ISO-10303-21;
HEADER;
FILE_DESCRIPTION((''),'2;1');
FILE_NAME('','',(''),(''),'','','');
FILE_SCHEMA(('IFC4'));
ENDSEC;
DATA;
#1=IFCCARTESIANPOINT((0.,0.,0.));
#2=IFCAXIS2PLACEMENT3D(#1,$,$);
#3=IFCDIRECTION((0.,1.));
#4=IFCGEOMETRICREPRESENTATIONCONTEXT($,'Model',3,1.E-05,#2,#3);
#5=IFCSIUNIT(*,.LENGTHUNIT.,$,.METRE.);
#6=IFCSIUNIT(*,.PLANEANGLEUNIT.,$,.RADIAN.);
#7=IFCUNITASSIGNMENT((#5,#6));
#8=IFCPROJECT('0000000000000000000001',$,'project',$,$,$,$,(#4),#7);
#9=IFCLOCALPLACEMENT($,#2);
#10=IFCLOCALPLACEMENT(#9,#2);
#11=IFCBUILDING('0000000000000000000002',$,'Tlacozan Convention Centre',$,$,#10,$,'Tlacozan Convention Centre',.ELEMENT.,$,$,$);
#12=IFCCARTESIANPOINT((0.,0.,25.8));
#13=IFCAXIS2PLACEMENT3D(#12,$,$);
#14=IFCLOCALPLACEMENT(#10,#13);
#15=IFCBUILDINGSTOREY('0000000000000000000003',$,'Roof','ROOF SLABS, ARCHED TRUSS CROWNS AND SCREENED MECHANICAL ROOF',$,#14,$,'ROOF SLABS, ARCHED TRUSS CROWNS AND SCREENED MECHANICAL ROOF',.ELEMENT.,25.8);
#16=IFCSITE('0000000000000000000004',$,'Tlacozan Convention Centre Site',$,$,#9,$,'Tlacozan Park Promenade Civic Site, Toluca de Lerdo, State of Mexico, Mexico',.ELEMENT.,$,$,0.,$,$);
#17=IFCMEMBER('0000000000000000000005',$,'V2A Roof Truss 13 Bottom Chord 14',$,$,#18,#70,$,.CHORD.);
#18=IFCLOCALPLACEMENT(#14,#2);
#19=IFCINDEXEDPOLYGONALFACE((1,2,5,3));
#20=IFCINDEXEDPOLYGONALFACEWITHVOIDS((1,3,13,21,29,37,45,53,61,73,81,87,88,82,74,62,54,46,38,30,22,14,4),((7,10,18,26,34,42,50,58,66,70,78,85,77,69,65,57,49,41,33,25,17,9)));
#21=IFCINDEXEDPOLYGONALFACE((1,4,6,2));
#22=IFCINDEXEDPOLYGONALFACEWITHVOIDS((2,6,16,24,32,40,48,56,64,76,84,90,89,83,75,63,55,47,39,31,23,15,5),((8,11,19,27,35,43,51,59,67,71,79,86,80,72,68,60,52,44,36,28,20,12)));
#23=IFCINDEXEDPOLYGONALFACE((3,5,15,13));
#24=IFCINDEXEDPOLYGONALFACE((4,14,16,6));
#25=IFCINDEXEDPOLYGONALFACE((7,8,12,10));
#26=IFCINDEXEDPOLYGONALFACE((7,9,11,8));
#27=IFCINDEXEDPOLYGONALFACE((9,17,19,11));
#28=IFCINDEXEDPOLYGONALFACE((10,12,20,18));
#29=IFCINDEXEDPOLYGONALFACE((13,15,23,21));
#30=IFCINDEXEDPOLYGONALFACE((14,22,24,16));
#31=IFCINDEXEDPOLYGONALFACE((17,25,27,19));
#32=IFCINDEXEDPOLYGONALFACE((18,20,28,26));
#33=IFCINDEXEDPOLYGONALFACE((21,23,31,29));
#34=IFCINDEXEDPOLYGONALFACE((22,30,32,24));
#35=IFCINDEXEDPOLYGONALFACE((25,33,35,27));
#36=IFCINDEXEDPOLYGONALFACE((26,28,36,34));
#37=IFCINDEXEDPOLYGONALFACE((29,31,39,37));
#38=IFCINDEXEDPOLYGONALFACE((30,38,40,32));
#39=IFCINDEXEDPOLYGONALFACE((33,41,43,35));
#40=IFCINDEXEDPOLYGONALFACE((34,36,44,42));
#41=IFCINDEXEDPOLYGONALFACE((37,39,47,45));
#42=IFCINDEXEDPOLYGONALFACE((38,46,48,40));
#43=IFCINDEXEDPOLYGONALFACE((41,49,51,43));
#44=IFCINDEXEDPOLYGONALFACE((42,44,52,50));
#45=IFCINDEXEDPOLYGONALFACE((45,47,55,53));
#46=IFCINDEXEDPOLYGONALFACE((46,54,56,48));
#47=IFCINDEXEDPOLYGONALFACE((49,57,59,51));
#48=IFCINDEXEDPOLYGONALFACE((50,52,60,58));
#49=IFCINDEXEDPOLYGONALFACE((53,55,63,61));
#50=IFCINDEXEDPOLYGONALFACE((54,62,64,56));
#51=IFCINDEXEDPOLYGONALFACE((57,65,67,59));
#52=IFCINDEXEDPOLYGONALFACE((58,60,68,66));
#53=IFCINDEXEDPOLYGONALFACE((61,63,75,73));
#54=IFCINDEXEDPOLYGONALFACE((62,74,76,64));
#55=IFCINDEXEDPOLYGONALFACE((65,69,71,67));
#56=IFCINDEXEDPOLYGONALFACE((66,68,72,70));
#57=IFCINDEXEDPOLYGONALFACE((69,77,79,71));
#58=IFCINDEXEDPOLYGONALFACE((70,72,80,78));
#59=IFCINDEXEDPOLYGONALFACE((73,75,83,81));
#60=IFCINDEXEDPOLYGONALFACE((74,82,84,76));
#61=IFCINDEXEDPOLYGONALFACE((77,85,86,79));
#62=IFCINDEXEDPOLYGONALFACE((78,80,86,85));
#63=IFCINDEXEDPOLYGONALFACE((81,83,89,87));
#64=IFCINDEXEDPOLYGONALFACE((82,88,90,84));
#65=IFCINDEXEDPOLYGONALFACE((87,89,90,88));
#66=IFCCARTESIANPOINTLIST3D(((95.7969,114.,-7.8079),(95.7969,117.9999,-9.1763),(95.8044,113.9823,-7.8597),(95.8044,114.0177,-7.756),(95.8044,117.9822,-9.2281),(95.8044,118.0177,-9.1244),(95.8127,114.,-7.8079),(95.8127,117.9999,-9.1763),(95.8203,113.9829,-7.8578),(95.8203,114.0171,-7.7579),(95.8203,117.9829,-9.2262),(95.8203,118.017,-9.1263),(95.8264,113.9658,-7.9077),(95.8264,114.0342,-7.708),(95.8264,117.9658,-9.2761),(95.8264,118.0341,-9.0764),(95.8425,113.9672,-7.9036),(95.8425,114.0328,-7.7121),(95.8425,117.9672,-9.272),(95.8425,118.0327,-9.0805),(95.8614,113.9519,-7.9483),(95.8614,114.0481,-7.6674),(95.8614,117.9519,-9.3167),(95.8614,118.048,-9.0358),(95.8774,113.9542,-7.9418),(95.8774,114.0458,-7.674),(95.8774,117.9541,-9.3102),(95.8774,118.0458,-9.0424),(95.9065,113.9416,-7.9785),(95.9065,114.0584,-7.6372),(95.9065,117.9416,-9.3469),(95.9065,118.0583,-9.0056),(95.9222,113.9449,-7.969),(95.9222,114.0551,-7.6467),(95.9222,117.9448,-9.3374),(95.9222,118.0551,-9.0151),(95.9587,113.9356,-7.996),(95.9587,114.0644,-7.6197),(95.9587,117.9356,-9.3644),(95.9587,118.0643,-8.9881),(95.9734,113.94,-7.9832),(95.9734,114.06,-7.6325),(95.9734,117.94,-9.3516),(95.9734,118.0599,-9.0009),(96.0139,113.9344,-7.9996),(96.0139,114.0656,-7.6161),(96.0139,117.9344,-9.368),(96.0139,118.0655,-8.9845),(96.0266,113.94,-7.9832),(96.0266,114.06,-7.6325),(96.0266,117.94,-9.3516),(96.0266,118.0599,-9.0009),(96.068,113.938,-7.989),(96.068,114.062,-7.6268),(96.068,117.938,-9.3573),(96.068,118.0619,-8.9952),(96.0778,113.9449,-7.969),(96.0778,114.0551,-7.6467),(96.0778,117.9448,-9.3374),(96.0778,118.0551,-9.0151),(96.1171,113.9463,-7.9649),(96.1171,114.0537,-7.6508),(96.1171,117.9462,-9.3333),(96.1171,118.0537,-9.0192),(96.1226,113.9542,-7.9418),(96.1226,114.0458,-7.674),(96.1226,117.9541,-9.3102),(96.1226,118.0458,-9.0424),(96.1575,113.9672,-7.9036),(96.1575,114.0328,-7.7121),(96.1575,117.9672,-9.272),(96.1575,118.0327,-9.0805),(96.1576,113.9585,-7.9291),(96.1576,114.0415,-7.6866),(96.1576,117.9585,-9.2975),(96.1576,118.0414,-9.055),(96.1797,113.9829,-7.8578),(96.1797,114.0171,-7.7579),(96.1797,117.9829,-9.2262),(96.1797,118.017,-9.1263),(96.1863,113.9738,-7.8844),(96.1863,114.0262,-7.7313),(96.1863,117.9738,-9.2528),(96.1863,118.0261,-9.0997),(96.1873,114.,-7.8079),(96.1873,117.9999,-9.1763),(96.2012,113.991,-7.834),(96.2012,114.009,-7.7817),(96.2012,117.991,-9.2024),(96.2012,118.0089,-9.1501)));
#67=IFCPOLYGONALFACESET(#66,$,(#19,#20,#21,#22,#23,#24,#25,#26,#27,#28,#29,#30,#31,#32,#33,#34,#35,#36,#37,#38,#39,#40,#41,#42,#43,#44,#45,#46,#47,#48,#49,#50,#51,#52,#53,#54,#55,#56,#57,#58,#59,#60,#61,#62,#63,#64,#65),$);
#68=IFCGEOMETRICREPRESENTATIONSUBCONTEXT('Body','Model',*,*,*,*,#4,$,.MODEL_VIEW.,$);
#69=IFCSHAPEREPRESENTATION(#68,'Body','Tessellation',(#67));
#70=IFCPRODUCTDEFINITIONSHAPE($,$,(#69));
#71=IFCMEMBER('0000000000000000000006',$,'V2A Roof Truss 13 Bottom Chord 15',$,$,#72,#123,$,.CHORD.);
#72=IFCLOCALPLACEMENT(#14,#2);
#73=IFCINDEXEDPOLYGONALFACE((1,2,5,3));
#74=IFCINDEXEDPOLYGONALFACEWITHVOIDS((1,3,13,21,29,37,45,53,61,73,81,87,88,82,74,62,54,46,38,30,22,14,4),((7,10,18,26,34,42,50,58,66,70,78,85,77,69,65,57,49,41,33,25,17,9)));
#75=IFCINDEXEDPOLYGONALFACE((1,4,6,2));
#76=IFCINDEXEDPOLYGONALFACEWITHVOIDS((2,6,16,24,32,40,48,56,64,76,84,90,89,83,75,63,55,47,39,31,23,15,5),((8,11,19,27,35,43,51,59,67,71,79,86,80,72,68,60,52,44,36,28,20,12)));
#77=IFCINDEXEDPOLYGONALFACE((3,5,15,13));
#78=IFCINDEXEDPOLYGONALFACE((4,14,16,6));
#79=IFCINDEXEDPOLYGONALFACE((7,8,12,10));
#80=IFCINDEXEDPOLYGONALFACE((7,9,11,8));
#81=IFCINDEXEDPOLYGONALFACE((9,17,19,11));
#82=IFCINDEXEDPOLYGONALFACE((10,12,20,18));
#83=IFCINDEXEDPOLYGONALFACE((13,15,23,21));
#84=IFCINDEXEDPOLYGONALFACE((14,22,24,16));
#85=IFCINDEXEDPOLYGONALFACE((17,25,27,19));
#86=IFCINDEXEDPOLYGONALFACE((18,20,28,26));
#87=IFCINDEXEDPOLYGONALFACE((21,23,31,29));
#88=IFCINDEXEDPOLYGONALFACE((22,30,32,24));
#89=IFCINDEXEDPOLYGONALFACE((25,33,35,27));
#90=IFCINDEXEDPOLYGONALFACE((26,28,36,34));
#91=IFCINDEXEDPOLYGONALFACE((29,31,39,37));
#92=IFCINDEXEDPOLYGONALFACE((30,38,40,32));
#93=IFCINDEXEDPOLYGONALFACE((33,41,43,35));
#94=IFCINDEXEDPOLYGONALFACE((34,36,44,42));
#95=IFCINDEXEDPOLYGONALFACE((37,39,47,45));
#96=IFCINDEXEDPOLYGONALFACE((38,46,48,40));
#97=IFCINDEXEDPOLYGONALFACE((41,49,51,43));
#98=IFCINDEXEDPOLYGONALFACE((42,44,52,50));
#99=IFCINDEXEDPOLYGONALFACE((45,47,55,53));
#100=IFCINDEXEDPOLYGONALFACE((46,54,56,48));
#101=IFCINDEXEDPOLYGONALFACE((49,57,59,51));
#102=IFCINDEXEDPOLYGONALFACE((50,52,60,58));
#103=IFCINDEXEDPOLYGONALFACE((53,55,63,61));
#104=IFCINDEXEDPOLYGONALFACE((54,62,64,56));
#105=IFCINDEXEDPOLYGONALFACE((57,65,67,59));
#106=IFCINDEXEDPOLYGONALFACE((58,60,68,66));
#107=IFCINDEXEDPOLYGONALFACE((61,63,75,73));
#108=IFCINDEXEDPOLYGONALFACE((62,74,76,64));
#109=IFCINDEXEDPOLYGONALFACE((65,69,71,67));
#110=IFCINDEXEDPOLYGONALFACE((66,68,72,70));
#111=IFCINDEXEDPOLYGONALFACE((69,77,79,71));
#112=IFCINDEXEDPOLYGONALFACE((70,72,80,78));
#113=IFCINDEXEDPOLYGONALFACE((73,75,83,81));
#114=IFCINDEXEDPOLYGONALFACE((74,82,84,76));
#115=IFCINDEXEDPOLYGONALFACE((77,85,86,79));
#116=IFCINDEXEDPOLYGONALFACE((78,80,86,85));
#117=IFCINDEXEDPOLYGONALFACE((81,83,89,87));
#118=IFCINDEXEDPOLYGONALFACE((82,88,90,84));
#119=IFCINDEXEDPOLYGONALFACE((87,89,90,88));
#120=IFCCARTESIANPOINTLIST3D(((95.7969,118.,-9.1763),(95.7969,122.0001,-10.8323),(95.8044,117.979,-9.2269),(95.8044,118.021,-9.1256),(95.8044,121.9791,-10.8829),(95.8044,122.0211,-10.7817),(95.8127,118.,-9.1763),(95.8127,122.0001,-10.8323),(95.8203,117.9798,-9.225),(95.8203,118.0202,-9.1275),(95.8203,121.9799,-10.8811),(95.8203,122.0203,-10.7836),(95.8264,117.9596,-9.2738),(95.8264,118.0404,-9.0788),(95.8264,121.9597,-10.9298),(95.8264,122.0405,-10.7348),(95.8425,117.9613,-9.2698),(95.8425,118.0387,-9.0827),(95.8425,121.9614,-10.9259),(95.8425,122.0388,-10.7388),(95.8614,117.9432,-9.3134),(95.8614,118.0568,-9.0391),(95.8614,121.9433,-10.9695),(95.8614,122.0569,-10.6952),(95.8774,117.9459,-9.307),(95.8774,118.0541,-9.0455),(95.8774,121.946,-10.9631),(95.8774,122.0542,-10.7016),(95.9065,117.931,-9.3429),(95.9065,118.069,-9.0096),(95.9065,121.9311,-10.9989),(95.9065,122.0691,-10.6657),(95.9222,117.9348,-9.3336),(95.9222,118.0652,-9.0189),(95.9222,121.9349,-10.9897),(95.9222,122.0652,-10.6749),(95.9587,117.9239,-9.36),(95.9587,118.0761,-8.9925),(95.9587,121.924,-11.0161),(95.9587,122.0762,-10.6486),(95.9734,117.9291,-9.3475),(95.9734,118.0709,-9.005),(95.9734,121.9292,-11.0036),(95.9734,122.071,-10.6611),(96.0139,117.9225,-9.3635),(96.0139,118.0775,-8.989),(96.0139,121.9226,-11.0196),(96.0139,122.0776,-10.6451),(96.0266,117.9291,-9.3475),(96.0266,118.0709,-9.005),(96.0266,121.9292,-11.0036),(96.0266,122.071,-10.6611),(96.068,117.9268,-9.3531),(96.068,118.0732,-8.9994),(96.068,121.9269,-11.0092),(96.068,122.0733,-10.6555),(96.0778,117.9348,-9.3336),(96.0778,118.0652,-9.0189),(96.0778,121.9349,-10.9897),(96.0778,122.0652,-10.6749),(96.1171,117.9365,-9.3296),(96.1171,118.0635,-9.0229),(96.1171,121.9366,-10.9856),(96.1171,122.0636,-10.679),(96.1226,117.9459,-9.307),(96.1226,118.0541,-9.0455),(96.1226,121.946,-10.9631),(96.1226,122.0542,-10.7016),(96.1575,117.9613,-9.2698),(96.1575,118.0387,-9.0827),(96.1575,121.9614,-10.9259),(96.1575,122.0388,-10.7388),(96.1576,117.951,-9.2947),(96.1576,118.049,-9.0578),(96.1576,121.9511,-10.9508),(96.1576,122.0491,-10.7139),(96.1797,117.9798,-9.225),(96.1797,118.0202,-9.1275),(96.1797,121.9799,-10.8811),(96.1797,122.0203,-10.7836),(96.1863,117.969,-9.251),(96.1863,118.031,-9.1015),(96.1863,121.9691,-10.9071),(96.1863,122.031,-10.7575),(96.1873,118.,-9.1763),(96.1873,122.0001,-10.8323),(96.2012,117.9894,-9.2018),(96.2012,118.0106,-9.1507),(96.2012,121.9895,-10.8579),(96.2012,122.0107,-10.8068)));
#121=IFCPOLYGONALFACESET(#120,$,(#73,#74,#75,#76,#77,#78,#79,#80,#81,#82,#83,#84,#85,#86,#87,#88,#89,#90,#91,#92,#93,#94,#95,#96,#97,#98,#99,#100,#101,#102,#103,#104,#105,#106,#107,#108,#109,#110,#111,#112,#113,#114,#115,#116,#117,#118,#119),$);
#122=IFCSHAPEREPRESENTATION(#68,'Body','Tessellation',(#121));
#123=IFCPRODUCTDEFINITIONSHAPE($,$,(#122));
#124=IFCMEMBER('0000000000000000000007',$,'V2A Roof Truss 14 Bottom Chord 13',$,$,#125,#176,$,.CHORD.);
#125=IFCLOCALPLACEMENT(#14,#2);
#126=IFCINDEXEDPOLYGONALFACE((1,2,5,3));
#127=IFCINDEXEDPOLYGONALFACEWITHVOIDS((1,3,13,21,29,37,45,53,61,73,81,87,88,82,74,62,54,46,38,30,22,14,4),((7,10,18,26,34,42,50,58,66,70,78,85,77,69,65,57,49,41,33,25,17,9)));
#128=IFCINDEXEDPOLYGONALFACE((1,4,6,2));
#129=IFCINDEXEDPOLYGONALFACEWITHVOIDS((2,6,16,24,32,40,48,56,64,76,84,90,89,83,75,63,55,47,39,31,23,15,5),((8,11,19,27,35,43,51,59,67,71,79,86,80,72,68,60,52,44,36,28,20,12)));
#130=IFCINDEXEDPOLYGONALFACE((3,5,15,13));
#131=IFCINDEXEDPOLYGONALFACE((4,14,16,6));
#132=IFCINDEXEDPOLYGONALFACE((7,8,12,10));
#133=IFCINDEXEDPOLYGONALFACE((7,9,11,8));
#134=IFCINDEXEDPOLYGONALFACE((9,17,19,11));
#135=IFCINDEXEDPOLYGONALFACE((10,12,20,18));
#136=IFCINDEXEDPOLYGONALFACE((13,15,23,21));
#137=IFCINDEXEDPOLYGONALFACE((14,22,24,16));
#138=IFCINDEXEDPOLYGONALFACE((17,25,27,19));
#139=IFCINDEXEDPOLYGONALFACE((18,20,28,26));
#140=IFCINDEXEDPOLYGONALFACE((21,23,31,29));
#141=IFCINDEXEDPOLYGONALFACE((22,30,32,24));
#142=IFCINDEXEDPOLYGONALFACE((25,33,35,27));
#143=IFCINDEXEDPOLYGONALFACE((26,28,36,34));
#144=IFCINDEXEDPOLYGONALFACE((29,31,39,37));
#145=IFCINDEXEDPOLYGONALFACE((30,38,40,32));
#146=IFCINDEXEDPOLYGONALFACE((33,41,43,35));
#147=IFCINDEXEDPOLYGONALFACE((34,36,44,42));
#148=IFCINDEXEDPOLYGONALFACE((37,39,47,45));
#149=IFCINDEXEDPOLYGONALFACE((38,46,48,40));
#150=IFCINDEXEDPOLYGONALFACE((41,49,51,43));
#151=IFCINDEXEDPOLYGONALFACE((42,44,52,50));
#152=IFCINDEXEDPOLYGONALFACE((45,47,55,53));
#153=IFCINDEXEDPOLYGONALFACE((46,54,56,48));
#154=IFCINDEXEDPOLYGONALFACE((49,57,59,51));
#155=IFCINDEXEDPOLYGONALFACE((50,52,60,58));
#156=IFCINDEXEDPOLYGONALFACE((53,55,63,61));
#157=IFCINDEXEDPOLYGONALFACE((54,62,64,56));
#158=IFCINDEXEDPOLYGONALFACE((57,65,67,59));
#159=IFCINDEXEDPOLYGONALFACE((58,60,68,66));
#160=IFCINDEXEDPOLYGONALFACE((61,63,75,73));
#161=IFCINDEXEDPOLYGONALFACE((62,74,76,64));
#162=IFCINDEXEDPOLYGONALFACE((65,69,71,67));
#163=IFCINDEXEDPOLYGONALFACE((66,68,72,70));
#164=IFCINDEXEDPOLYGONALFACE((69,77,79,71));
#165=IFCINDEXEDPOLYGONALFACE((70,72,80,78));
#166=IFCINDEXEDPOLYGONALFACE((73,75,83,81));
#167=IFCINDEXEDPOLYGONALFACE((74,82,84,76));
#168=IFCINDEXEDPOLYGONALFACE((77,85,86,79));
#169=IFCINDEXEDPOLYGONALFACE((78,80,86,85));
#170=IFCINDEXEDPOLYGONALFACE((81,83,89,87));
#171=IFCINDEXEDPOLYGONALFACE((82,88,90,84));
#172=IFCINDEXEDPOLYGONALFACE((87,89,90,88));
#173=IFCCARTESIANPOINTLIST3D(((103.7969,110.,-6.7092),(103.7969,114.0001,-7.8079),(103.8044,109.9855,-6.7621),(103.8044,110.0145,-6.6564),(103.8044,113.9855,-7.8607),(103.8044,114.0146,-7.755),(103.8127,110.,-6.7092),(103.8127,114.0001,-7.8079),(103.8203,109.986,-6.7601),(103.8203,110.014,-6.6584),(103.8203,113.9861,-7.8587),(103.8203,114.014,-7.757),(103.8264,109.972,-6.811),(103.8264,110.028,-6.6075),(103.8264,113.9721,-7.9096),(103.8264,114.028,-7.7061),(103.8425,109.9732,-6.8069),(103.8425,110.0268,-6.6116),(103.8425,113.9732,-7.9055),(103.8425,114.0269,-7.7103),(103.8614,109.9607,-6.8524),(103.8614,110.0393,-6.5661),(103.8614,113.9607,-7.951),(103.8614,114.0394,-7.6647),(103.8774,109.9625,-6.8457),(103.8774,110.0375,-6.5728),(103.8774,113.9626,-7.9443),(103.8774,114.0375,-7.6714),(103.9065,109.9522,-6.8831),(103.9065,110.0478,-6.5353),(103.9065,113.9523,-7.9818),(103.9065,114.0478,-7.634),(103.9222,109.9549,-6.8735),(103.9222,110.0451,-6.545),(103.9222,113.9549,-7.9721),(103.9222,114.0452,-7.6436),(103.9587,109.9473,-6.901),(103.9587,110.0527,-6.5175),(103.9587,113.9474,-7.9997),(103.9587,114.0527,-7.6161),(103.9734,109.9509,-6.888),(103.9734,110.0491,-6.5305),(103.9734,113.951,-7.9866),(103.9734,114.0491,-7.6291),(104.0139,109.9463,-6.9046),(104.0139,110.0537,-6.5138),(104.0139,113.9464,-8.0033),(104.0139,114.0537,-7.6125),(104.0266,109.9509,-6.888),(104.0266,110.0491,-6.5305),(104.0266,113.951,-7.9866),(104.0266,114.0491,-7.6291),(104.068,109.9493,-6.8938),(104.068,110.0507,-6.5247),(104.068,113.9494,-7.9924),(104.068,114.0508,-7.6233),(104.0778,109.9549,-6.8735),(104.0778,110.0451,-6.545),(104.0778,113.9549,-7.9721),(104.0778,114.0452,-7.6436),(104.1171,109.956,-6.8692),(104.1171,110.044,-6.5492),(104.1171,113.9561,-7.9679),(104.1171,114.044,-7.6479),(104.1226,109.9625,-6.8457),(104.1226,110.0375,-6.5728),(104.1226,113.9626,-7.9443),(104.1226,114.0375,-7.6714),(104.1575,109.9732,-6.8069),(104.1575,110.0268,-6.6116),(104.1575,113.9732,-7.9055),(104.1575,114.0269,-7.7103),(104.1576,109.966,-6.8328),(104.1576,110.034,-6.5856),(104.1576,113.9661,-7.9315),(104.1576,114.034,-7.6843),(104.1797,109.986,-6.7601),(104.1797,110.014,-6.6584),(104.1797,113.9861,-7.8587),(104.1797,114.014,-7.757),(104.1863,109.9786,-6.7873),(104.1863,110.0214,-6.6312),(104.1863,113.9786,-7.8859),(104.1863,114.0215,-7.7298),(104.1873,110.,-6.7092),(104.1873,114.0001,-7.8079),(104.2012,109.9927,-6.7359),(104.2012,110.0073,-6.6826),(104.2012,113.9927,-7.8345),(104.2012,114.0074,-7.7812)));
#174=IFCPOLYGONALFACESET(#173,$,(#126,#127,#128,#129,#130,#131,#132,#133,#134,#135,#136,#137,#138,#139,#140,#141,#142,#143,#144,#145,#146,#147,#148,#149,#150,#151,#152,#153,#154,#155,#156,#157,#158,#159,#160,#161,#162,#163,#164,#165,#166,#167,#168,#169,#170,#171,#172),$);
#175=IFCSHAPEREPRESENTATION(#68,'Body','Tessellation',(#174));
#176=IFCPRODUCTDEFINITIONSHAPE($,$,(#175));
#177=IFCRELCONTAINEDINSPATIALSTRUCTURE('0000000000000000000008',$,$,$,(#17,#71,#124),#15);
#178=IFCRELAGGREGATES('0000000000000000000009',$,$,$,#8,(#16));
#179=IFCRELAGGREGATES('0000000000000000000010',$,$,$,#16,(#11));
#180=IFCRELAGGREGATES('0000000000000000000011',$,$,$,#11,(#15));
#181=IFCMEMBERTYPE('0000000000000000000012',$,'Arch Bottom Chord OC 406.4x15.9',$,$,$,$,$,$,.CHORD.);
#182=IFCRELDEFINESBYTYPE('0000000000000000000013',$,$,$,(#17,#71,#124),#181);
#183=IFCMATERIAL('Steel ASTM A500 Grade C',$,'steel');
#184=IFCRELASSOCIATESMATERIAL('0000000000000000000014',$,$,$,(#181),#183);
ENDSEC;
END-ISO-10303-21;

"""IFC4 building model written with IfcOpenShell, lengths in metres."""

from ifc_helpers import new_model, si_unit, direction, frame, origin, origin_2d, place, context, subcontext, project, spatial, hollow_circle, extrude, material, material_profile, profile_set, type_object, element, save


model = new_model("IFC4")

# Units and contexts
model_context = context("Model", 3, precision=1e-05, world=origin(), true_north=direction((0.0, 1.0)))
body_context = subcontext(model_context, "Body", "Model", "MODEL_VIEW")
ifc_project = project(units=[si_unit("LENGTHUNIT", "METRE"), si_unit("PLANEANGLEUNIT", "RADIAN")], contexts=[model_context])

# Site, building, storey
site_placement = place(None, origin())
site = spatial("IfcSite", under=ifc_project, at=site_placement, Name="Tlacozan Convention Centre Site", LongName="Tlacozan Park Promenade Civic Site, Toluca de Lerdo, State of Mexico, Mexico", CompositionType="ELEMENT", RefElevation=0.0)
building_placement = place(site_placement, origin())
building = spatial("IfcBuilding", under=site, at=building_placement, Name="Tlacozan Convention Centre", LongName="Tlacozan Convention Centre", CompositionType="ELEMENT")
storey_placement = place(building_placement, frame((0.0, 0.0, 25.8)))
storey = spatial("IfcBuildingStorey", under=building, at=storey_placement, Name="Roof", Description="ROOF SLABS, ARCHED TRUSS CROWNS AND SCREENED MECHANICAL ROOF", LongName="ROOF SLABS, ARCHED TRUSS CROWNS AND SCREENED MECHANICAL ROOF", CompositionType="ELEMENT", Elevation=25.8)

# Members
ifc_material_1 = material(Name="Steel ASTM A500 Grade C", Category="steel")
ifc_material_profile_1 = material_profile(ifc_material_1, hollow_circle(Radius=0.2031, WallThickness=0.0159, at=origin_2d()), Name="OC 406.4x15.9")
ifc_profile_set_1 = profile_set([ifc_material_profile_1], Name="Steel ASTM A500 Grade C")
member_type_1 = type_object("IfcMemberType", Name="Arch Bottom Chord OC 406.4x15.9", PredefinedType="CHORD", material=ifc_profile_set_1)
member_1_placement = place(storey_placement, frame((96.0, 114.0, -7.8079), z_axis=(0.0, 0.946165, -0.323685), x_axis=(-1.0, 0.0, 0.0)))
element("IfcMember", 1, at=member_1_placement, inside=storey, type_object=member_type_1, Name="V2A Roof Truss 13 Bottom Chord 14", PredefinedType="CHORD", context=body_context, shape_type="SweptSolid", body=[
    extrude(hollow_circle(Radius=0.2031, WallThickness=0.0159, at=origin_2d()), origin(), (0.0, 0.0, 1.0), 4.2275),
])
member_2_placement = place(storey_placement, frame((96.0, 118.0, -9.1763), z_axis=(0.0, 0.923949, -0.382516), x_axis=(-1.0, 0.0, 0.0)))
element("IfcMember", 2, at=member_2_placement, inside=storey, type_object=member_type_1, Name="V2A Roof Truss 13 Bottom Chord 15", PredefinedType="CHORD", context=body_context, shape_type="SweptSolid", body=[
    extrude(hollow_circle(Radius=0.2031, WallThickness=0.0159, at=origin_2d()), origin(), (0.0, 0.0, 1.0), 4.3293),
])
member_3_placement = place(storey_placement, frame((104.0, 110.0, -6.7092), z_axis=(0.0, 0.96429, -0.26485), x_axis=(-1.0, 0.0, 0.0)))
element("IfcMember", 3, at=member_3_placement, inside=storey, type_object=member_type_1, Name="V2A Roof Truss 14 Bottom Chord 13", PredefinedType="CHORD", context=body_context, shape_type="SweptSolid", body=[
    extrude(hollow_circle(Radius=0.2031, WallThickness=0.0159, at=origin_2d()), origin(), (0.0, 0.0, 1.0), 4.1482),
])

save(model, "model.ifc")
